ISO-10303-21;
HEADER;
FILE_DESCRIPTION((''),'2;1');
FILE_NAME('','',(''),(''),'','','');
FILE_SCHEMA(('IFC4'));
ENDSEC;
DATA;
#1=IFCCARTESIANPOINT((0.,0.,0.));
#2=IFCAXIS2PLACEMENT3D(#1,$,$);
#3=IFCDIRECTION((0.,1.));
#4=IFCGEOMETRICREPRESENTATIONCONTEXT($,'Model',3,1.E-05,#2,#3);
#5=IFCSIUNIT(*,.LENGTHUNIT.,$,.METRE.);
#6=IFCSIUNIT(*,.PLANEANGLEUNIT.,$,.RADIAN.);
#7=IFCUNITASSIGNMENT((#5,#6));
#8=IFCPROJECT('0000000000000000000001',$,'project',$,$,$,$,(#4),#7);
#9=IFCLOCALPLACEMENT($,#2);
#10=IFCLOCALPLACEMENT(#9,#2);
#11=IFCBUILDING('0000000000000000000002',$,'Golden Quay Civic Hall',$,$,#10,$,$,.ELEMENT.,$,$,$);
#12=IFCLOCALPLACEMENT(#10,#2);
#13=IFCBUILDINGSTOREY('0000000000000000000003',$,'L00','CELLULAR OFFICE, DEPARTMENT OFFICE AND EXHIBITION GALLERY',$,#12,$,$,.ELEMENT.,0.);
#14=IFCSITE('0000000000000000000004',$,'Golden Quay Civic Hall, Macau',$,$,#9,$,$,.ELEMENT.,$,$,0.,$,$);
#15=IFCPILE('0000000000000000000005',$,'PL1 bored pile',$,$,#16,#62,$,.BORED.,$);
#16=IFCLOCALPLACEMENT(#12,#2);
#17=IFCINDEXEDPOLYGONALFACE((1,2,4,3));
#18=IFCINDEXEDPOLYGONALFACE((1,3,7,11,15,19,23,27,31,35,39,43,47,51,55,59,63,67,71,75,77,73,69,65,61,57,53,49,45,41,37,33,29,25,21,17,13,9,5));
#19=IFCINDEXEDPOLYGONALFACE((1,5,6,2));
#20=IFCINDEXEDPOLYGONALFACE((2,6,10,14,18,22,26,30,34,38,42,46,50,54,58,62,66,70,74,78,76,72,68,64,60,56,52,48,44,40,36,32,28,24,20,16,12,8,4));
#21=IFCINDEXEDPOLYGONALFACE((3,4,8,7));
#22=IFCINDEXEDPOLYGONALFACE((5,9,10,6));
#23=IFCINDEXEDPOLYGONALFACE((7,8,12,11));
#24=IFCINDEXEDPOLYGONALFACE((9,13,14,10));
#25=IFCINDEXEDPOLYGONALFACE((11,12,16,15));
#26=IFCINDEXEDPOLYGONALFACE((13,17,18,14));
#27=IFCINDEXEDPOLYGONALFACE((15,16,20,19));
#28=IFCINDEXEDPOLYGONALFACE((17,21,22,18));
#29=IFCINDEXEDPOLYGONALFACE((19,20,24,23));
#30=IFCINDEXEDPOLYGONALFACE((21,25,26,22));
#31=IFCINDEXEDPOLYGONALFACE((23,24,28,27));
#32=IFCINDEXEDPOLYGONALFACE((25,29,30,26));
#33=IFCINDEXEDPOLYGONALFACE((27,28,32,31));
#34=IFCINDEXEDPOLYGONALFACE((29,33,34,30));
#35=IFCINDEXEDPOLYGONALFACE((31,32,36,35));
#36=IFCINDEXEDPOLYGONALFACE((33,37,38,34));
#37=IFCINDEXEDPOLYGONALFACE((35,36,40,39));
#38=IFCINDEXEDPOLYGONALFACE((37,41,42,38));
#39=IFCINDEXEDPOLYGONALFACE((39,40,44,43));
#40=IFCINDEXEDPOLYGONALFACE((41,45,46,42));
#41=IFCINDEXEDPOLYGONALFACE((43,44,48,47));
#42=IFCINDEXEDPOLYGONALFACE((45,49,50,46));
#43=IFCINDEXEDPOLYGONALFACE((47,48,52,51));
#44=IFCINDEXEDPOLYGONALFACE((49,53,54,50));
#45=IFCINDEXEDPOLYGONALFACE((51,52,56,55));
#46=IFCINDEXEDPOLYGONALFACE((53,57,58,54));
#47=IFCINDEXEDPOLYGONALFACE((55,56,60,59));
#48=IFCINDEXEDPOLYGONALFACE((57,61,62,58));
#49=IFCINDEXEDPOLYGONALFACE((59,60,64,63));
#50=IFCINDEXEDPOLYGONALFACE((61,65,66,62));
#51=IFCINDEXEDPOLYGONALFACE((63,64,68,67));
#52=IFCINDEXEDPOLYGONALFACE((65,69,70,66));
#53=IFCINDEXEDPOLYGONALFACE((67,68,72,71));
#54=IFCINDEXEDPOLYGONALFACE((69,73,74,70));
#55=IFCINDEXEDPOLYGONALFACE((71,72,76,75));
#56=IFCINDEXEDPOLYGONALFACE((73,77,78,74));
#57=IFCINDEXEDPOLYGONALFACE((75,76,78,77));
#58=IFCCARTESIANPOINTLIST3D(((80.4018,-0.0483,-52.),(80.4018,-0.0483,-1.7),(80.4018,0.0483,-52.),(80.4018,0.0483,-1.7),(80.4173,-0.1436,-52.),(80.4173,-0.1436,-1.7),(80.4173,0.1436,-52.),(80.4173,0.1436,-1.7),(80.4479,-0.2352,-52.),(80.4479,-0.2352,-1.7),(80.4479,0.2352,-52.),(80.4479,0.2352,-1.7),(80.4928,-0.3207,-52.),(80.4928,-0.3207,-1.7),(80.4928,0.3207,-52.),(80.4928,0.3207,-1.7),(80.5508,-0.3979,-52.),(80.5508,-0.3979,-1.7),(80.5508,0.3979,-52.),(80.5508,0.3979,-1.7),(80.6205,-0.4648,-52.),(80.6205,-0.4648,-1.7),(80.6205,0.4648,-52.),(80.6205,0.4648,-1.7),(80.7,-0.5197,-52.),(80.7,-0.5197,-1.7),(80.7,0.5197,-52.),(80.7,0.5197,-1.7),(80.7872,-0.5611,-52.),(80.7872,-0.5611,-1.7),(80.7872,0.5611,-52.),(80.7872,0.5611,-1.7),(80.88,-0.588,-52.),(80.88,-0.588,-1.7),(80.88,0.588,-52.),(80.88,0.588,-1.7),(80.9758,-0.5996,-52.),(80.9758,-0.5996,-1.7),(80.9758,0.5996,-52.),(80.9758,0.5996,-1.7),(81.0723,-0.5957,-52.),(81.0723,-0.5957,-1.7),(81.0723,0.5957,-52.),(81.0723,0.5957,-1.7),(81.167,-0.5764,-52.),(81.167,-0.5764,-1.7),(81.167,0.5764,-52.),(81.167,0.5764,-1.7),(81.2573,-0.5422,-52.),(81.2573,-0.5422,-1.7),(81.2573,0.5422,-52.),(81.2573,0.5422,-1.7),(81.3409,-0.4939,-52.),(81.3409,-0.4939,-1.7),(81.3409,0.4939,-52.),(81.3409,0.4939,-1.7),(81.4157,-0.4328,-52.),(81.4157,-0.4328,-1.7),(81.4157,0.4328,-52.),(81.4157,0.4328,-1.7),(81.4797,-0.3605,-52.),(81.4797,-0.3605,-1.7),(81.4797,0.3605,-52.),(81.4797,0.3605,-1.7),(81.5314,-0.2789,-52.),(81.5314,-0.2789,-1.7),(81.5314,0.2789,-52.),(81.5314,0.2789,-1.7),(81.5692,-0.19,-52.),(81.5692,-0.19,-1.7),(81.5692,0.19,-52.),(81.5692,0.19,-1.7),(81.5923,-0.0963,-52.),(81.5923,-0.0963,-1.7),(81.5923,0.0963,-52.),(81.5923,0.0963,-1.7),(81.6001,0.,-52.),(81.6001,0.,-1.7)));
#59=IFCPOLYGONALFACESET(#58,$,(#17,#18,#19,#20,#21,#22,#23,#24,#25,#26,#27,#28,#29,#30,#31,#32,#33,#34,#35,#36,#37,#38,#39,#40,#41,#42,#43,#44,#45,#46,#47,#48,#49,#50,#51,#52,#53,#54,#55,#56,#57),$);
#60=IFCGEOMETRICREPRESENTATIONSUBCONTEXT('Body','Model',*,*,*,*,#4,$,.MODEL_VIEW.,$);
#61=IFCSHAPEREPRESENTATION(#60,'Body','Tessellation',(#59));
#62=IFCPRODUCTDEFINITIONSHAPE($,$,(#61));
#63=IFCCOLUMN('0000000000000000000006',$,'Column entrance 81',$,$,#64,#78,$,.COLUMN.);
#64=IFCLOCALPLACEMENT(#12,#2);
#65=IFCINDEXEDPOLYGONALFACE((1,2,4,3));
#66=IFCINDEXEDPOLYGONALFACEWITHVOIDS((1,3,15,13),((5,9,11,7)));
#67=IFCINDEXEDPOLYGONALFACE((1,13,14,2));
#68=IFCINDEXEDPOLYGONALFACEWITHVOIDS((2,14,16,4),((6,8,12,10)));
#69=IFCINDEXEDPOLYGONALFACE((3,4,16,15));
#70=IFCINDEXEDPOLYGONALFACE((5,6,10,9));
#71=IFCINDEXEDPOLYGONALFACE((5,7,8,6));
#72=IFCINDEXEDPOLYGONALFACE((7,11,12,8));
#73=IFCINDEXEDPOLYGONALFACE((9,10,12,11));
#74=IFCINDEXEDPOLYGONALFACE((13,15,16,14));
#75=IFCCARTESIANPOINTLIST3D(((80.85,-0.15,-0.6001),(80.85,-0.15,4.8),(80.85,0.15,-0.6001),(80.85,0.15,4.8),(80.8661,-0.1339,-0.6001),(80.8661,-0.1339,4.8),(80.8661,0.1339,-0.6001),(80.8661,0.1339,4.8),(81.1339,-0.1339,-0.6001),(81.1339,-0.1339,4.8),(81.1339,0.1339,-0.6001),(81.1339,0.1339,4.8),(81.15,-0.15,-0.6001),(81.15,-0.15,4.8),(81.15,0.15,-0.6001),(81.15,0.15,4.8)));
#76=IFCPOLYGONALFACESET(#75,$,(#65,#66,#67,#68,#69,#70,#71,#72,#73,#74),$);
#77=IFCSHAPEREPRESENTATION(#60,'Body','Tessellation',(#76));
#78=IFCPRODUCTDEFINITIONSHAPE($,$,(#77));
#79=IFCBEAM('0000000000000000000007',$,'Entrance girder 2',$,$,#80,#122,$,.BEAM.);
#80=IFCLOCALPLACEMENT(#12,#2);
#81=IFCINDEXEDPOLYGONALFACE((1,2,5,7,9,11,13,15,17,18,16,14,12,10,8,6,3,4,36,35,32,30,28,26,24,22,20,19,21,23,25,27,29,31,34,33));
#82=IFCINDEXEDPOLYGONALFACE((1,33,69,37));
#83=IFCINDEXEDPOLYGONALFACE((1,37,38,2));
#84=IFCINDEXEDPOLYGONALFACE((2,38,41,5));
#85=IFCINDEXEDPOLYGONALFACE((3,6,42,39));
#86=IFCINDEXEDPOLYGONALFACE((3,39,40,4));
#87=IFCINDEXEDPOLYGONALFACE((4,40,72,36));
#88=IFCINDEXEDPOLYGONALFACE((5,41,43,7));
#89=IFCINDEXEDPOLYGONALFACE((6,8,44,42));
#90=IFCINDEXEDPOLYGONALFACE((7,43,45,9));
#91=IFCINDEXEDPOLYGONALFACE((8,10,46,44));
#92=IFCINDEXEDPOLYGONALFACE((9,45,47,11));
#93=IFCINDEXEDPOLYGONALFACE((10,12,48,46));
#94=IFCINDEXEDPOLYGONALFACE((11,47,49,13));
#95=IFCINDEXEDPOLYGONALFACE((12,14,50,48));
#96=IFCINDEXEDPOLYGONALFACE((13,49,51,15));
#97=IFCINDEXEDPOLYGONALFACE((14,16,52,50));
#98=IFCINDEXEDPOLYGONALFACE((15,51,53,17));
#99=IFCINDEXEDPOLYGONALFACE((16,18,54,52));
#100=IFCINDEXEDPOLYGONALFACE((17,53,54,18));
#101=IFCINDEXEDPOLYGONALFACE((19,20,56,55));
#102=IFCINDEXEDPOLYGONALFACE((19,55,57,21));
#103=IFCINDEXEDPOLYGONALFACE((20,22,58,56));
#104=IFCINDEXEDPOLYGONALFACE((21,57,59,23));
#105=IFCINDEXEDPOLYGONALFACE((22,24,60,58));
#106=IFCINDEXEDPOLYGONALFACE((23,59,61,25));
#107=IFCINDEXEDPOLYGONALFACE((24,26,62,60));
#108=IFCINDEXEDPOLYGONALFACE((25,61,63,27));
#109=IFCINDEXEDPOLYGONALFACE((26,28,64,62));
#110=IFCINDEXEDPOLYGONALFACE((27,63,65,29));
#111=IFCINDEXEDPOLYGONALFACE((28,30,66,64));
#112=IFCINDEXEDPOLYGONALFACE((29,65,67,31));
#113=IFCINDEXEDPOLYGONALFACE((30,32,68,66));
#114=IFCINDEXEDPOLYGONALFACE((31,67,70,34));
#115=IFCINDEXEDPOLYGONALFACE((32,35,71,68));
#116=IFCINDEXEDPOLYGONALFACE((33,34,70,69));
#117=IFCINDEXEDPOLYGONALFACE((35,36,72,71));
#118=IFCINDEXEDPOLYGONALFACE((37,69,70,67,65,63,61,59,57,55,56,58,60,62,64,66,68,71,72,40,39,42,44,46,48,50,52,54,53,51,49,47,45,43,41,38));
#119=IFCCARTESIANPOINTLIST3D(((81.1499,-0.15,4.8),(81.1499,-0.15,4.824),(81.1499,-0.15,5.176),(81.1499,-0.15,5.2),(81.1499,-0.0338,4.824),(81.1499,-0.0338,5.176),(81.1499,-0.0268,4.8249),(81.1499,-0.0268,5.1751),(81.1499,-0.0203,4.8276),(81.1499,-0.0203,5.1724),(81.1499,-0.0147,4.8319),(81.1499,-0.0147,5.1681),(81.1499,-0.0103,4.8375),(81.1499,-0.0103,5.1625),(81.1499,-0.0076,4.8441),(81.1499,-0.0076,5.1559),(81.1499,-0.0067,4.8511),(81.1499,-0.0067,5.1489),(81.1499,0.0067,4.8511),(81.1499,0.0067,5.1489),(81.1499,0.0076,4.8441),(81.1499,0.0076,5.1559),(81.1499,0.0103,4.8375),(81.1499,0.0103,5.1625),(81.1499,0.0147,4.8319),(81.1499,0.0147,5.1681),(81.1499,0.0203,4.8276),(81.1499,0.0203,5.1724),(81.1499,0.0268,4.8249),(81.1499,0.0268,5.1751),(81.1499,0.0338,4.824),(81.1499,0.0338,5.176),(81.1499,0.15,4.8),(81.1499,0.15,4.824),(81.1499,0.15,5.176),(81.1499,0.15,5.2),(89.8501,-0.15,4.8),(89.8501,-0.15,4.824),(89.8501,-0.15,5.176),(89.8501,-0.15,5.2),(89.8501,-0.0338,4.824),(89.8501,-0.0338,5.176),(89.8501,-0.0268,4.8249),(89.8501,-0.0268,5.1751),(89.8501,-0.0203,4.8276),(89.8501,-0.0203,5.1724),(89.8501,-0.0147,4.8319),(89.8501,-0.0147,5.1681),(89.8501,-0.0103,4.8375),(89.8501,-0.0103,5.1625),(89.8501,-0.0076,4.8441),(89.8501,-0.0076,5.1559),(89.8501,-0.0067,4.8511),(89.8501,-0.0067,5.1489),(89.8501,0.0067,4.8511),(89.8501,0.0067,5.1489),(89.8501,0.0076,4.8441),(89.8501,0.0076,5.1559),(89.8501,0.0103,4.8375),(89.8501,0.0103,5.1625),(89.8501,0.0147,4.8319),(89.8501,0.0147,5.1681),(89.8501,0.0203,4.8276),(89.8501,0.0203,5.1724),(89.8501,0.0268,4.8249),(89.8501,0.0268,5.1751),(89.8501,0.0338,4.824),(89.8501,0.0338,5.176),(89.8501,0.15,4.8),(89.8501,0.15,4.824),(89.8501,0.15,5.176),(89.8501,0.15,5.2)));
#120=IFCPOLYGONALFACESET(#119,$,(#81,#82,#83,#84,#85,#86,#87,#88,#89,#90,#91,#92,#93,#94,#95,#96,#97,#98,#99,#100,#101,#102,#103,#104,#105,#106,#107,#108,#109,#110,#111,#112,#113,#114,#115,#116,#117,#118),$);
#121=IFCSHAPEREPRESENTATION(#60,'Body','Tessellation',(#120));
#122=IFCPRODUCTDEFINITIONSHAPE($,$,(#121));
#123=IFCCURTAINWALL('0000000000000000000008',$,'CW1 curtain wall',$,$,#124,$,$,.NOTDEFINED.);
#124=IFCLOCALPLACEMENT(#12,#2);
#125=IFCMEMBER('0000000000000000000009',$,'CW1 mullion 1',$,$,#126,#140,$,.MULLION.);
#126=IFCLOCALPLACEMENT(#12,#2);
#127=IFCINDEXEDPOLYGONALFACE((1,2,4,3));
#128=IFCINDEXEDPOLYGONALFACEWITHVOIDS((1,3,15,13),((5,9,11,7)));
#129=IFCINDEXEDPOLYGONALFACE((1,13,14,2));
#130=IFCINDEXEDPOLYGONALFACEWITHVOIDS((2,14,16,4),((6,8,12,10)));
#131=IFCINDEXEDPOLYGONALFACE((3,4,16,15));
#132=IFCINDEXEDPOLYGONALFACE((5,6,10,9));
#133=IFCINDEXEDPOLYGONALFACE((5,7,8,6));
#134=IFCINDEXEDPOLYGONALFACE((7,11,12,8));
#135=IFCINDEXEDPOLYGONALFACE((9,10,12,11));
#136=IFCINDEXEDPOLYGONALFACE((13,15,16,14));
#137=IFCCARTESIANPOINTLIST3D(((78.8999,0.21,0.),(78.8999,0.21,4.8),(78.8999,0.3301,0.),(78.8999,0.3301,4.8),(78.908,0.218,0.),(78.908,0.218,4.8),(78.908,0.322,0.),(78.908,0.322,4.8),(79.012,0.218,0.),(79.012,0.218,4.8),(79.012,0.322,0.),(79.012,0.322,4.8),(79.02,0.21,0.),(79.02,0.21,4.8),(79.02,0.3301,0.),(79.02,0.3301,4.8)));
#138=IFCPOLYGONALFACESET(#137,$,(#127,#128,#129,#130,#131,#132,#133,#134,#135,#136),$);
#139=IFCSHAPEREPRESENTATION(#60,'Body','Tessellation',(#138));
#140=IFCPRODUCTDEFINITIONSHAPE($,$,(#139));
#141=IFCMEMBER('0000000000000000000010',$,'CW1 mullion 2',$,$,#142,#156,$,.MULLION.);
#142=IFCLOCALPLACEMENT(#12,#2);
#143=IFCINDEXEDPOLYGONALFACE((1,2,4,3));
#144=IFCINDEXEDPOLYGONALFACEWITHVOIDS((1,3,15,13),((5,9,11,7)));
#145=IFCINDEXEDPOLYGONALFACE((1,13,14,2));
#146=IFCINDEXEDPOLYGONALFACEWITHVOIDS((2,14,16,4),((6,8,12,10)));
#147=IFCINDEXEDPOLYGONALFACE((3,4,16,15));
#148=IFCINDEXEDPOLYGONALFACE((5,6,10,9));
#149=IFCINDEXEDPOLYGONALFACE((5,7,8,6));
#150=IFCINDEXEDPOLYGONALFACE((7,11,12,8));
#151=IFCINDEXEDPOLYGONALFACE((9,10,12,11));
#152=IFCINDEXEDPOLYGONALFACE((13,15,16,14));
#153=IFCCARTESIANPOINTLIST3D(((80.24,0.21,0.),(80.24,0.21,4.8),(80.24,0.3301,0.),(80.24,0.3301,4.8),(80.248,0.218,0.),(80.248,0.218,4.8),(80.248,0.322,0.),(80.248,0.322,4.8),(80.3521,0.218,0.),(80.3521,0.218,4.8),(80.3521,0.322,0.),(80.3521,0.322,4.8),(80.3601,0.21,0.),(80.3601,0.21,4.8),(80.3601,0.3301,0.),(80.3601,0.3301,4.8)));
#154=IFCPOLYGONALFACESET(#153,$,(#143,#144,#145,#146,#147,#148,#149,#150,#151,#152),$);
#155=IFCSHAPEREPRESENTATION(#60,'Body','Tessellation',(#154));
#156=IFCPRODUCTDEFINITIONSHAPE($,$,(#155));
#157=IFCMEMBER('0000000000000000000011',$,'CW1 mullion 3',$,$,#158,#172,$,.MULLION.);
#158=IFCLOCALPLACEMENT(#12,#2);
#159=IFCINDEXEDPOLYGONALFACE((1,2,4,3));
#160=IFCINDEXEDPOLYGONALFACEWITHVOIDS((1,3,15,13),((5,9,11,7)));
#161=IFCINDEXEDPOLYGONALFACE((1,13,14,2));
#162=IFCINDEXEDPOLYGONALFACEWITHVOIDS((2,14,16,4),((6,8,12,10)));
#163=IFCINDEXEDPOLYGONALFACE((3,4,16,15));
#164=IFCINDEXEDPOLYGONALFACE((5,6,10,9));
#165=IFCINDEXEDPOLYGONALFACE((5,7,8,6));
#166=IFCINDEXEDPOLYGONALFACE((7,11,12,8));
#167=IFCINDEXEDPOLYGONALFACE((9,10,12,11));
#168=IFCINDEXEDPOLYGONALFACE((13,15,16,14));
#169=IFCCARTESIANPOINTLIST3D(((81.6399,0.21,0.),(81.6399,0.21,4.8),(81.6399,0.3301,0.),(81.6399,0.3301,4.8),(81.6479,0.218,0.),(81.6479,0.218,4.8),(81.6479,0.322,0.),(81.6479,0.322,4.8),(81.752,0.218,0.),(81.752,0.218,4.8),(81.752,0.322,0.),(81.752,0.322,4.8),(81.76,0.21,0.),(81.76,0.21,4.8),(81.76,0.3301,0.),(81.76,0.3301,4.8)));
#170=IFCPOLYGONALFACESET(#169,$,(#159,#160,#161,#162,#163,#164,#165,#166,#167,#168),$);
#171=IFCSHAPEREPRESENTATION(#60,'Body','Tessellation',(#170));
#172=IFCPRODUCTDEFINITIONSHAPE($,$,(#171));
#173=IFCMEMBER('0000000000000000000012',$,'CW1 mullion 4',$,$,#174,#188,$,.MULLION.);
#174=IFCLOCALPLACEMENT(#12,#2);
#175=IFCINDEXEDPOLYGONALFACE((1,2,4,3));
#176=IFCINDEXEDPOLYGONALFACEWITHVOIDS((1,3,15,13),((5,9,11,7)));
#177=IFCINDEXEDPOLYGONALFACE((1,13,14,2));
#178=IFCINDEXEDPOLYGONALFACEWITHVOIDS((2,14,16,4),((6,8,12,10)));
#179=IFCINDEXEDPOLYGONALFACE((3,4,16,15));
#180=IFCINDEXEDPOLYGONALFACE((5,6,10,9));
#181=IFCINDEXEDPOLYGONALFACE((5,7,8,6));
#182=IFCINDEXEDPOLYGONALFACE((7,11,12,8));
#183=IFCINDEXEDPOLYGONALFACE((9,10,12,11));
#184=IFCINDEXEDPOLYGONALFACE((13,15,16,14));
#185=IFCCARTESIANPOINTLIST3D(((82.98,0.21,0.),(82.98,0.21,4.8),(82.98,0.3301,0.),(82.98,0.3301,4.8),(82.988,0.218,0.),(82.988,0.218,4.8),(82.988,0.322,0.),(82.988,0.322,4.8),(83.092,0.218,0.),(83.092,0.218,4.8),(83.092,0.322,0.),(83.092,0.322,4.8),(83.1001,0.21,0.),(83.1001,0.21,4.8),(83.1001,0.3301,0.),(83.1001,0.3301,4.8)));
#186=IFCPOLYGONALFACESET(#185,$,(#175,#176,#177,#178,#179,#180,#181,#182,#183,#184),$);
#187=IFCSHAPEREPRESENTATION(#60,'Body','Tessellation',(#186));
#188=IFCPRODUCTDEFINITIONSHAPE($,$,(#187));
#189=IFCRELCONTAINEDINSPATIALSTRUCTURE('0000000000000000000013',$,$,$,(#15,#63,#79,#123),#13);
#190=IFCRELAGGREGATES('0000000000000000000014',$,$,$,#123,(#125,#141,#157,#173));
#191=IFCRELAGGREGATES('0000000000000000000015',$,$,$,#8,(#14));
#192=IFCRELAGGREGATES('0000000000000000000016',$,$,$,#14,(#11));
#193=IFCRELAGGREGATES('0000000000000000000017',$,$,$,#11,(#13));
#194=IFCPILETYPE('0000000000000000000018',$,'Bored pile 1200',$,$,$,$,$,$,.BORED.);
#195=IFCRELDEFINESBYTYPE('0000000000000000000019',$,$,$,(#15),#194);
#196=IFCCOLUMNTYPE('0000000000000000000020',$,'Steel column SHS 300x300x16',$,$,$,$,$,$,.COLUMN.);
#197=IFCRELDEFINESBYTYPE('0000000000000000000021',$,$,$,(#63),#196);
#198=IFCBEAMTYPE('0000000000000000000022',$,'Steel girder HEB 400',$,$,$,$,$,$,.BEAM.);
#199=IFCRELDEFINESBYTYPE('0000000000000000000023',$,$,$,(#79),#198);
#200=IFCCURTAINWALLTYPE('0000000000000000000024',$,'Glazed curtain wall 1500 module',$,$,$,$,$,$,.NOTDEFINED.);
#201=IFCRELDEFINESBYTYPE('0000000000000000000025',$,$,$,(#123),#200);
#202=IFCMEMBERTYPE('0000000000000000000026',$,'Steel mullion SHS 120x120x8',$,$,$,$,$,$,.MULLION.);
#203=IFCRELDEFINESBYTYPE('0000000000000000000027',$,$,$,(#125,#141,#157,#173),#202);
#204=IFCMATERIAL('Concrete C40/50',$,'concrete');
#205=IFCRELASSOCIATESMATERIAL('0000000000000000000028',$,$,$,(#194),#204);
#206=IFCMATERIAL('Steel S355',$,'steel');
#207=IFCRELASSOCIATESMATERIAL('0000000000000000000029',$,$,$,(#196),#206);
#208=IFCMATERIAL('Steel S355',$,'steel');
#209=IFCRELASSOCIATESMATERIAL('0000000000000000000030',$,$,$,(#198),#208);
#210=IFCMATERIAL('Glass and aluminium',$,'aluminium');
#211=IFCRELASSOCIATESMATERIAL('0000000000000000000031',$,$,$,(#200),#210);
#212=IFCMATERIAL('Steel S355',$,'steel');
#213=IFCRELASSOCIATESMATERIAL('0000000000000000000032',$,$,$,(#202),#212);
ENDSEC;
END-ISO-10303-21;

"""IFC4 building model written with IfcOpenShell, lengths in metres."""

from ifc_helpers import new_model, si_unit, direction, frame, origin, origin_2d, place, context, subcontext, project, spatial, hollow_rectangle, circle, i_section, extrude, material, material_profile, profile_set, type_object, element, aggregate, save


model = new_model("IFC4")

# Units and contexts
model_context = context("Model", 3, precision=1e-05, world=origin(), true_north=direction((0.0, 1.0)))
body_context = subcontext(model_context, "Body", "Model", "MODEL_VIEW")
ifc_project = project(units=[si_unit("LENGTHUNIT", "METRE"), si_unit("PLANEANGLEUNIT", "RADIAN")], contexts=[model_context])

# Site, building, storey
site_placement = place(None, origin())
site = spatial("IfcSite", under=ifc_project, at=site_placement, Name="Golden Quay Civic Hall, Macau", CompositionType="ELEMENT", RefElevation=0.0)
building_placement = place(site_placement, origin())
building = spatial("IfcBuilding", under=site, at=building_placement, Name="Golden Quay Civic Hall", CompositionType="ELEMENT")
storey_placement = place(building_placement, origin())
storey = spatial("IfcBuildingStorey", under=building, at=storey_placement, Name="L00", Description="CELLULAR OFFICE, DEPARTMENT OFFICE AND EXHIBITION GALLERY", CompositionType="ELEMENT", Elevation=0.0)

# Pile
ifc_material_1 = material(Name="Concrete C40/50", Category="concrete")
ifc_material_profile_1 = material_profile(ifc_material_1, circle(Radius=0.6001, at=origin_2d()), Name="RC D1200")
ifc_profile_set_1 = profile_set([ifc_material_profile_1], Name="Concrete C40/50")
pile_type = type_object("IfcPileType", Name="Bored pile 1200", PredefinedType="BORED", material=ifc_profile_set_1)
pile_placement = place(storey_placement, frame((81.0, 0.0, -1.7), z_axis=(0.0, 0.0, -1.0), x_axis=(1.0, 0.0, 0.0)))
element("IfcPile", 1, at=pile_placement, inside=storey, type_object=pile_type, Name="PL1 bored pile", PredefinedType="BORED", context=body_context, shape_type="SweptSolid", body=[
    extrude(circle(Radius=0.6001, at=origin_2d()), origin(), (0.0, 0.0, 1.0), 50.3),
])

# Column
ifc_material_2 = material(Name="Steel S355", Category="steel")
ifc_material_profile_2 = material_profile(ifc_material_2, hollow_rectangle(XDim=0.3, YDim=0.3, WallThickness=0.0161, at=origin_2d()), Name="SHS 300x300x16")
ifc_profile_set_2 = profile_set([ifc_material_profile_2], Name="Steel S355")
column_type = type_object("IfcColumnType", Name="Steel column SHS 300x300x16", PredefinedType="COLUMN", material=ifc_profile_set_2)
column_placement = place(storey_placement, frame((81.0, 0.0, -0.6001), z_axis=(0.0, 0.0, 1.0), x_axis=(1.0, 0.0, 0.0)))
element("IfcColumn", 2, at=column_placement, inside=storey, type_object=column_type, Name="Column entrance 81", PredefinedType="COLUMN", context=body_context, shape_type="SweptSolid", body=[
    extrude(hollow_rectangle(XDim=0.3, YDim=0.3, WallThickness=0.0161, at=origin_2d()), origin(), (0.0, 0.0, 1.0), 5.4001),
])

# Beam
ifc_material_3 = material(Name="Steel S355", Category="steel")
ifc_material_profile_3 = material_profile(ifc_material_3, i_section(OverallWidth=0.3, OverallDepth=0.3999, WebThickness=0.0134, FlangeThickness=0.0239, FilletRadius=0.0271, at=origin_2d()), Name="HEB 400")
ifc_profile_set_3 = profile_set([ifc_material_profile_3], Name="Steel S355")
beam_type = type_object("IfcBeamType", Name="Steel girder HEB 400", PredefinedType="BEAM", material=ifc_profile_set_3)
beam_placement = place(storey_placement, frame((81.1499, 0.0, 5.0), z_axis=(1.0, 0.0, 0.0), x_axis=(0.0, 1.0, 0.0)))
element("IfcBeam", 3, at=beam_placement, inside=storey, type_object=beam_type, Name="Entrance girder 2", PredefinedType="BEAM", context=body_context, shape_type="SweptSolid", body=[
    extrude(i_section(OverallWidth=0.3, OverallDepth=0.3999, WebThickness=0.0134, FlangeThickness=0.0239, FilletRadius=0.0271, at=origin_2d()), origin(), (0.0, 0.0, 1.0), 8.7002),
])

# Curtain wall, members
ifc_material_4 = material(Name="Glass and aluminium", Category="aluminium")
curtain_wall_type = type_object("IfcCurtainWallType", Name="Glazed curtain wall 1500 module", PredefinedType="NOTDEFINED", material=ifc_material_4)
curtain_wall_placement = place(storey_placement, origin())
curtain_wall = element("IfcCurtainWall", 4, at=curtain_wall_placement, inside=storey, type_object=curtain_wall_type, Name="CW1 curtain wall", PredefinedType="NOTDEFINED")
ifc_material_5 = material(Name="Steel S355", Category="steel")
ifc_material_profile_4 = material_profile(ifc_material_5, hollow_rectangle(XDim=0.1201, YDim=0.1201, WallThickness=0.0081, at=origin_2d()), Name="SHS 120x120x8")
ifc_profile_set_4 = profile_set([ifc_material_profile_4], Name="Steel S355")
member_type_1 = type_object("IfcMemberType", Name="Steel mullion SHS 120x120x8", PredefinedType="MULLION", material=ifc_profile_set_4)
member_1_placement = place(storey_placement, frame((78.96, 0.27, 0.0), z_axis=(0.0, 0.0, 1.0), x_axis=(0.0, 1.0, 0.0)))
member_1 = element("IfcMember", 5, at=member_1_placement, type_object=member_type_1, Name="CW1 mullion 1", PredefinedType="MULLION", context=body_context, shape_type="SweptSolid", body=[
    extrude(hollow_rectangle(XDim=0.1201, YDim=0.1201, WallThickness=0.0081, at=origin_2d()), origin(), (0.0, 0.0, 1.0), 4.8),
])
member_2_placement = place(storey_placement, frame((80.3, 0.27, 0.0), z_axis=(0.0, 0.0, 1.0), x_axis=(0.0, 1.0, 0.0)))
member_2 = element("IfcMember", 6, at=member_2_placement, type_object=member_type_1, Name="CW1 mullion 2", PredefinedType="MULLION", context=body_context, shape_type="SweptSolid", body=[
    extrude(hollow_rectangle(XDim=0.1201, YDim=0.1201, WallThickness=0.0081, at=origin_2d()), origin(), (0.0, 0.0, 1.0), 4.8),
])
member_3_placement = place(storey_placement, frame((81.7, 0.27, 0.0), z_axis=(0.0, 0.0, 1.0), x_axis=(0.0, 1.0, 0.0)))
member_3 = element("IfcMember", 7, at=member_3_placement, type_object=member_type_1, Name="CW1 mullion 3", PredefinedType="MULLION", context=body_context, shape_type="SweptSolid", body=[
    extrude(hollow_rectangle(XDim=0.1201, YDim=0.1201, WallThickness=0.0081, at=origin_2d()), origin(), (0.0, 0.0, 1.0), 4.8),
])
member_4_placement = place(storey_placement, frame((83.04, 0.27, 0.0), z_axis=(0.0, 0.0, 1.0), x_axis=(0.0, 1.0, 0.0)))
member_4 = element("IfcMember", 8, at=member_4_placement, type_object=member_type_1, Name="CW1 mullion 4", PredefinedType="MULLION", context=body_context, shape_type="SweptSolid", body=[
    extrude(hollow_rectangle(XDim=0.1201, YDim=0.1201, WallThickness=0.0081, at=origin_2d()), origin(), (0.0, 0.0, 1.0), 4.8),
])
aggregate(curtain_wall, [member_1, member_2, member_3, member_4])

save(model, "model.ifc")
